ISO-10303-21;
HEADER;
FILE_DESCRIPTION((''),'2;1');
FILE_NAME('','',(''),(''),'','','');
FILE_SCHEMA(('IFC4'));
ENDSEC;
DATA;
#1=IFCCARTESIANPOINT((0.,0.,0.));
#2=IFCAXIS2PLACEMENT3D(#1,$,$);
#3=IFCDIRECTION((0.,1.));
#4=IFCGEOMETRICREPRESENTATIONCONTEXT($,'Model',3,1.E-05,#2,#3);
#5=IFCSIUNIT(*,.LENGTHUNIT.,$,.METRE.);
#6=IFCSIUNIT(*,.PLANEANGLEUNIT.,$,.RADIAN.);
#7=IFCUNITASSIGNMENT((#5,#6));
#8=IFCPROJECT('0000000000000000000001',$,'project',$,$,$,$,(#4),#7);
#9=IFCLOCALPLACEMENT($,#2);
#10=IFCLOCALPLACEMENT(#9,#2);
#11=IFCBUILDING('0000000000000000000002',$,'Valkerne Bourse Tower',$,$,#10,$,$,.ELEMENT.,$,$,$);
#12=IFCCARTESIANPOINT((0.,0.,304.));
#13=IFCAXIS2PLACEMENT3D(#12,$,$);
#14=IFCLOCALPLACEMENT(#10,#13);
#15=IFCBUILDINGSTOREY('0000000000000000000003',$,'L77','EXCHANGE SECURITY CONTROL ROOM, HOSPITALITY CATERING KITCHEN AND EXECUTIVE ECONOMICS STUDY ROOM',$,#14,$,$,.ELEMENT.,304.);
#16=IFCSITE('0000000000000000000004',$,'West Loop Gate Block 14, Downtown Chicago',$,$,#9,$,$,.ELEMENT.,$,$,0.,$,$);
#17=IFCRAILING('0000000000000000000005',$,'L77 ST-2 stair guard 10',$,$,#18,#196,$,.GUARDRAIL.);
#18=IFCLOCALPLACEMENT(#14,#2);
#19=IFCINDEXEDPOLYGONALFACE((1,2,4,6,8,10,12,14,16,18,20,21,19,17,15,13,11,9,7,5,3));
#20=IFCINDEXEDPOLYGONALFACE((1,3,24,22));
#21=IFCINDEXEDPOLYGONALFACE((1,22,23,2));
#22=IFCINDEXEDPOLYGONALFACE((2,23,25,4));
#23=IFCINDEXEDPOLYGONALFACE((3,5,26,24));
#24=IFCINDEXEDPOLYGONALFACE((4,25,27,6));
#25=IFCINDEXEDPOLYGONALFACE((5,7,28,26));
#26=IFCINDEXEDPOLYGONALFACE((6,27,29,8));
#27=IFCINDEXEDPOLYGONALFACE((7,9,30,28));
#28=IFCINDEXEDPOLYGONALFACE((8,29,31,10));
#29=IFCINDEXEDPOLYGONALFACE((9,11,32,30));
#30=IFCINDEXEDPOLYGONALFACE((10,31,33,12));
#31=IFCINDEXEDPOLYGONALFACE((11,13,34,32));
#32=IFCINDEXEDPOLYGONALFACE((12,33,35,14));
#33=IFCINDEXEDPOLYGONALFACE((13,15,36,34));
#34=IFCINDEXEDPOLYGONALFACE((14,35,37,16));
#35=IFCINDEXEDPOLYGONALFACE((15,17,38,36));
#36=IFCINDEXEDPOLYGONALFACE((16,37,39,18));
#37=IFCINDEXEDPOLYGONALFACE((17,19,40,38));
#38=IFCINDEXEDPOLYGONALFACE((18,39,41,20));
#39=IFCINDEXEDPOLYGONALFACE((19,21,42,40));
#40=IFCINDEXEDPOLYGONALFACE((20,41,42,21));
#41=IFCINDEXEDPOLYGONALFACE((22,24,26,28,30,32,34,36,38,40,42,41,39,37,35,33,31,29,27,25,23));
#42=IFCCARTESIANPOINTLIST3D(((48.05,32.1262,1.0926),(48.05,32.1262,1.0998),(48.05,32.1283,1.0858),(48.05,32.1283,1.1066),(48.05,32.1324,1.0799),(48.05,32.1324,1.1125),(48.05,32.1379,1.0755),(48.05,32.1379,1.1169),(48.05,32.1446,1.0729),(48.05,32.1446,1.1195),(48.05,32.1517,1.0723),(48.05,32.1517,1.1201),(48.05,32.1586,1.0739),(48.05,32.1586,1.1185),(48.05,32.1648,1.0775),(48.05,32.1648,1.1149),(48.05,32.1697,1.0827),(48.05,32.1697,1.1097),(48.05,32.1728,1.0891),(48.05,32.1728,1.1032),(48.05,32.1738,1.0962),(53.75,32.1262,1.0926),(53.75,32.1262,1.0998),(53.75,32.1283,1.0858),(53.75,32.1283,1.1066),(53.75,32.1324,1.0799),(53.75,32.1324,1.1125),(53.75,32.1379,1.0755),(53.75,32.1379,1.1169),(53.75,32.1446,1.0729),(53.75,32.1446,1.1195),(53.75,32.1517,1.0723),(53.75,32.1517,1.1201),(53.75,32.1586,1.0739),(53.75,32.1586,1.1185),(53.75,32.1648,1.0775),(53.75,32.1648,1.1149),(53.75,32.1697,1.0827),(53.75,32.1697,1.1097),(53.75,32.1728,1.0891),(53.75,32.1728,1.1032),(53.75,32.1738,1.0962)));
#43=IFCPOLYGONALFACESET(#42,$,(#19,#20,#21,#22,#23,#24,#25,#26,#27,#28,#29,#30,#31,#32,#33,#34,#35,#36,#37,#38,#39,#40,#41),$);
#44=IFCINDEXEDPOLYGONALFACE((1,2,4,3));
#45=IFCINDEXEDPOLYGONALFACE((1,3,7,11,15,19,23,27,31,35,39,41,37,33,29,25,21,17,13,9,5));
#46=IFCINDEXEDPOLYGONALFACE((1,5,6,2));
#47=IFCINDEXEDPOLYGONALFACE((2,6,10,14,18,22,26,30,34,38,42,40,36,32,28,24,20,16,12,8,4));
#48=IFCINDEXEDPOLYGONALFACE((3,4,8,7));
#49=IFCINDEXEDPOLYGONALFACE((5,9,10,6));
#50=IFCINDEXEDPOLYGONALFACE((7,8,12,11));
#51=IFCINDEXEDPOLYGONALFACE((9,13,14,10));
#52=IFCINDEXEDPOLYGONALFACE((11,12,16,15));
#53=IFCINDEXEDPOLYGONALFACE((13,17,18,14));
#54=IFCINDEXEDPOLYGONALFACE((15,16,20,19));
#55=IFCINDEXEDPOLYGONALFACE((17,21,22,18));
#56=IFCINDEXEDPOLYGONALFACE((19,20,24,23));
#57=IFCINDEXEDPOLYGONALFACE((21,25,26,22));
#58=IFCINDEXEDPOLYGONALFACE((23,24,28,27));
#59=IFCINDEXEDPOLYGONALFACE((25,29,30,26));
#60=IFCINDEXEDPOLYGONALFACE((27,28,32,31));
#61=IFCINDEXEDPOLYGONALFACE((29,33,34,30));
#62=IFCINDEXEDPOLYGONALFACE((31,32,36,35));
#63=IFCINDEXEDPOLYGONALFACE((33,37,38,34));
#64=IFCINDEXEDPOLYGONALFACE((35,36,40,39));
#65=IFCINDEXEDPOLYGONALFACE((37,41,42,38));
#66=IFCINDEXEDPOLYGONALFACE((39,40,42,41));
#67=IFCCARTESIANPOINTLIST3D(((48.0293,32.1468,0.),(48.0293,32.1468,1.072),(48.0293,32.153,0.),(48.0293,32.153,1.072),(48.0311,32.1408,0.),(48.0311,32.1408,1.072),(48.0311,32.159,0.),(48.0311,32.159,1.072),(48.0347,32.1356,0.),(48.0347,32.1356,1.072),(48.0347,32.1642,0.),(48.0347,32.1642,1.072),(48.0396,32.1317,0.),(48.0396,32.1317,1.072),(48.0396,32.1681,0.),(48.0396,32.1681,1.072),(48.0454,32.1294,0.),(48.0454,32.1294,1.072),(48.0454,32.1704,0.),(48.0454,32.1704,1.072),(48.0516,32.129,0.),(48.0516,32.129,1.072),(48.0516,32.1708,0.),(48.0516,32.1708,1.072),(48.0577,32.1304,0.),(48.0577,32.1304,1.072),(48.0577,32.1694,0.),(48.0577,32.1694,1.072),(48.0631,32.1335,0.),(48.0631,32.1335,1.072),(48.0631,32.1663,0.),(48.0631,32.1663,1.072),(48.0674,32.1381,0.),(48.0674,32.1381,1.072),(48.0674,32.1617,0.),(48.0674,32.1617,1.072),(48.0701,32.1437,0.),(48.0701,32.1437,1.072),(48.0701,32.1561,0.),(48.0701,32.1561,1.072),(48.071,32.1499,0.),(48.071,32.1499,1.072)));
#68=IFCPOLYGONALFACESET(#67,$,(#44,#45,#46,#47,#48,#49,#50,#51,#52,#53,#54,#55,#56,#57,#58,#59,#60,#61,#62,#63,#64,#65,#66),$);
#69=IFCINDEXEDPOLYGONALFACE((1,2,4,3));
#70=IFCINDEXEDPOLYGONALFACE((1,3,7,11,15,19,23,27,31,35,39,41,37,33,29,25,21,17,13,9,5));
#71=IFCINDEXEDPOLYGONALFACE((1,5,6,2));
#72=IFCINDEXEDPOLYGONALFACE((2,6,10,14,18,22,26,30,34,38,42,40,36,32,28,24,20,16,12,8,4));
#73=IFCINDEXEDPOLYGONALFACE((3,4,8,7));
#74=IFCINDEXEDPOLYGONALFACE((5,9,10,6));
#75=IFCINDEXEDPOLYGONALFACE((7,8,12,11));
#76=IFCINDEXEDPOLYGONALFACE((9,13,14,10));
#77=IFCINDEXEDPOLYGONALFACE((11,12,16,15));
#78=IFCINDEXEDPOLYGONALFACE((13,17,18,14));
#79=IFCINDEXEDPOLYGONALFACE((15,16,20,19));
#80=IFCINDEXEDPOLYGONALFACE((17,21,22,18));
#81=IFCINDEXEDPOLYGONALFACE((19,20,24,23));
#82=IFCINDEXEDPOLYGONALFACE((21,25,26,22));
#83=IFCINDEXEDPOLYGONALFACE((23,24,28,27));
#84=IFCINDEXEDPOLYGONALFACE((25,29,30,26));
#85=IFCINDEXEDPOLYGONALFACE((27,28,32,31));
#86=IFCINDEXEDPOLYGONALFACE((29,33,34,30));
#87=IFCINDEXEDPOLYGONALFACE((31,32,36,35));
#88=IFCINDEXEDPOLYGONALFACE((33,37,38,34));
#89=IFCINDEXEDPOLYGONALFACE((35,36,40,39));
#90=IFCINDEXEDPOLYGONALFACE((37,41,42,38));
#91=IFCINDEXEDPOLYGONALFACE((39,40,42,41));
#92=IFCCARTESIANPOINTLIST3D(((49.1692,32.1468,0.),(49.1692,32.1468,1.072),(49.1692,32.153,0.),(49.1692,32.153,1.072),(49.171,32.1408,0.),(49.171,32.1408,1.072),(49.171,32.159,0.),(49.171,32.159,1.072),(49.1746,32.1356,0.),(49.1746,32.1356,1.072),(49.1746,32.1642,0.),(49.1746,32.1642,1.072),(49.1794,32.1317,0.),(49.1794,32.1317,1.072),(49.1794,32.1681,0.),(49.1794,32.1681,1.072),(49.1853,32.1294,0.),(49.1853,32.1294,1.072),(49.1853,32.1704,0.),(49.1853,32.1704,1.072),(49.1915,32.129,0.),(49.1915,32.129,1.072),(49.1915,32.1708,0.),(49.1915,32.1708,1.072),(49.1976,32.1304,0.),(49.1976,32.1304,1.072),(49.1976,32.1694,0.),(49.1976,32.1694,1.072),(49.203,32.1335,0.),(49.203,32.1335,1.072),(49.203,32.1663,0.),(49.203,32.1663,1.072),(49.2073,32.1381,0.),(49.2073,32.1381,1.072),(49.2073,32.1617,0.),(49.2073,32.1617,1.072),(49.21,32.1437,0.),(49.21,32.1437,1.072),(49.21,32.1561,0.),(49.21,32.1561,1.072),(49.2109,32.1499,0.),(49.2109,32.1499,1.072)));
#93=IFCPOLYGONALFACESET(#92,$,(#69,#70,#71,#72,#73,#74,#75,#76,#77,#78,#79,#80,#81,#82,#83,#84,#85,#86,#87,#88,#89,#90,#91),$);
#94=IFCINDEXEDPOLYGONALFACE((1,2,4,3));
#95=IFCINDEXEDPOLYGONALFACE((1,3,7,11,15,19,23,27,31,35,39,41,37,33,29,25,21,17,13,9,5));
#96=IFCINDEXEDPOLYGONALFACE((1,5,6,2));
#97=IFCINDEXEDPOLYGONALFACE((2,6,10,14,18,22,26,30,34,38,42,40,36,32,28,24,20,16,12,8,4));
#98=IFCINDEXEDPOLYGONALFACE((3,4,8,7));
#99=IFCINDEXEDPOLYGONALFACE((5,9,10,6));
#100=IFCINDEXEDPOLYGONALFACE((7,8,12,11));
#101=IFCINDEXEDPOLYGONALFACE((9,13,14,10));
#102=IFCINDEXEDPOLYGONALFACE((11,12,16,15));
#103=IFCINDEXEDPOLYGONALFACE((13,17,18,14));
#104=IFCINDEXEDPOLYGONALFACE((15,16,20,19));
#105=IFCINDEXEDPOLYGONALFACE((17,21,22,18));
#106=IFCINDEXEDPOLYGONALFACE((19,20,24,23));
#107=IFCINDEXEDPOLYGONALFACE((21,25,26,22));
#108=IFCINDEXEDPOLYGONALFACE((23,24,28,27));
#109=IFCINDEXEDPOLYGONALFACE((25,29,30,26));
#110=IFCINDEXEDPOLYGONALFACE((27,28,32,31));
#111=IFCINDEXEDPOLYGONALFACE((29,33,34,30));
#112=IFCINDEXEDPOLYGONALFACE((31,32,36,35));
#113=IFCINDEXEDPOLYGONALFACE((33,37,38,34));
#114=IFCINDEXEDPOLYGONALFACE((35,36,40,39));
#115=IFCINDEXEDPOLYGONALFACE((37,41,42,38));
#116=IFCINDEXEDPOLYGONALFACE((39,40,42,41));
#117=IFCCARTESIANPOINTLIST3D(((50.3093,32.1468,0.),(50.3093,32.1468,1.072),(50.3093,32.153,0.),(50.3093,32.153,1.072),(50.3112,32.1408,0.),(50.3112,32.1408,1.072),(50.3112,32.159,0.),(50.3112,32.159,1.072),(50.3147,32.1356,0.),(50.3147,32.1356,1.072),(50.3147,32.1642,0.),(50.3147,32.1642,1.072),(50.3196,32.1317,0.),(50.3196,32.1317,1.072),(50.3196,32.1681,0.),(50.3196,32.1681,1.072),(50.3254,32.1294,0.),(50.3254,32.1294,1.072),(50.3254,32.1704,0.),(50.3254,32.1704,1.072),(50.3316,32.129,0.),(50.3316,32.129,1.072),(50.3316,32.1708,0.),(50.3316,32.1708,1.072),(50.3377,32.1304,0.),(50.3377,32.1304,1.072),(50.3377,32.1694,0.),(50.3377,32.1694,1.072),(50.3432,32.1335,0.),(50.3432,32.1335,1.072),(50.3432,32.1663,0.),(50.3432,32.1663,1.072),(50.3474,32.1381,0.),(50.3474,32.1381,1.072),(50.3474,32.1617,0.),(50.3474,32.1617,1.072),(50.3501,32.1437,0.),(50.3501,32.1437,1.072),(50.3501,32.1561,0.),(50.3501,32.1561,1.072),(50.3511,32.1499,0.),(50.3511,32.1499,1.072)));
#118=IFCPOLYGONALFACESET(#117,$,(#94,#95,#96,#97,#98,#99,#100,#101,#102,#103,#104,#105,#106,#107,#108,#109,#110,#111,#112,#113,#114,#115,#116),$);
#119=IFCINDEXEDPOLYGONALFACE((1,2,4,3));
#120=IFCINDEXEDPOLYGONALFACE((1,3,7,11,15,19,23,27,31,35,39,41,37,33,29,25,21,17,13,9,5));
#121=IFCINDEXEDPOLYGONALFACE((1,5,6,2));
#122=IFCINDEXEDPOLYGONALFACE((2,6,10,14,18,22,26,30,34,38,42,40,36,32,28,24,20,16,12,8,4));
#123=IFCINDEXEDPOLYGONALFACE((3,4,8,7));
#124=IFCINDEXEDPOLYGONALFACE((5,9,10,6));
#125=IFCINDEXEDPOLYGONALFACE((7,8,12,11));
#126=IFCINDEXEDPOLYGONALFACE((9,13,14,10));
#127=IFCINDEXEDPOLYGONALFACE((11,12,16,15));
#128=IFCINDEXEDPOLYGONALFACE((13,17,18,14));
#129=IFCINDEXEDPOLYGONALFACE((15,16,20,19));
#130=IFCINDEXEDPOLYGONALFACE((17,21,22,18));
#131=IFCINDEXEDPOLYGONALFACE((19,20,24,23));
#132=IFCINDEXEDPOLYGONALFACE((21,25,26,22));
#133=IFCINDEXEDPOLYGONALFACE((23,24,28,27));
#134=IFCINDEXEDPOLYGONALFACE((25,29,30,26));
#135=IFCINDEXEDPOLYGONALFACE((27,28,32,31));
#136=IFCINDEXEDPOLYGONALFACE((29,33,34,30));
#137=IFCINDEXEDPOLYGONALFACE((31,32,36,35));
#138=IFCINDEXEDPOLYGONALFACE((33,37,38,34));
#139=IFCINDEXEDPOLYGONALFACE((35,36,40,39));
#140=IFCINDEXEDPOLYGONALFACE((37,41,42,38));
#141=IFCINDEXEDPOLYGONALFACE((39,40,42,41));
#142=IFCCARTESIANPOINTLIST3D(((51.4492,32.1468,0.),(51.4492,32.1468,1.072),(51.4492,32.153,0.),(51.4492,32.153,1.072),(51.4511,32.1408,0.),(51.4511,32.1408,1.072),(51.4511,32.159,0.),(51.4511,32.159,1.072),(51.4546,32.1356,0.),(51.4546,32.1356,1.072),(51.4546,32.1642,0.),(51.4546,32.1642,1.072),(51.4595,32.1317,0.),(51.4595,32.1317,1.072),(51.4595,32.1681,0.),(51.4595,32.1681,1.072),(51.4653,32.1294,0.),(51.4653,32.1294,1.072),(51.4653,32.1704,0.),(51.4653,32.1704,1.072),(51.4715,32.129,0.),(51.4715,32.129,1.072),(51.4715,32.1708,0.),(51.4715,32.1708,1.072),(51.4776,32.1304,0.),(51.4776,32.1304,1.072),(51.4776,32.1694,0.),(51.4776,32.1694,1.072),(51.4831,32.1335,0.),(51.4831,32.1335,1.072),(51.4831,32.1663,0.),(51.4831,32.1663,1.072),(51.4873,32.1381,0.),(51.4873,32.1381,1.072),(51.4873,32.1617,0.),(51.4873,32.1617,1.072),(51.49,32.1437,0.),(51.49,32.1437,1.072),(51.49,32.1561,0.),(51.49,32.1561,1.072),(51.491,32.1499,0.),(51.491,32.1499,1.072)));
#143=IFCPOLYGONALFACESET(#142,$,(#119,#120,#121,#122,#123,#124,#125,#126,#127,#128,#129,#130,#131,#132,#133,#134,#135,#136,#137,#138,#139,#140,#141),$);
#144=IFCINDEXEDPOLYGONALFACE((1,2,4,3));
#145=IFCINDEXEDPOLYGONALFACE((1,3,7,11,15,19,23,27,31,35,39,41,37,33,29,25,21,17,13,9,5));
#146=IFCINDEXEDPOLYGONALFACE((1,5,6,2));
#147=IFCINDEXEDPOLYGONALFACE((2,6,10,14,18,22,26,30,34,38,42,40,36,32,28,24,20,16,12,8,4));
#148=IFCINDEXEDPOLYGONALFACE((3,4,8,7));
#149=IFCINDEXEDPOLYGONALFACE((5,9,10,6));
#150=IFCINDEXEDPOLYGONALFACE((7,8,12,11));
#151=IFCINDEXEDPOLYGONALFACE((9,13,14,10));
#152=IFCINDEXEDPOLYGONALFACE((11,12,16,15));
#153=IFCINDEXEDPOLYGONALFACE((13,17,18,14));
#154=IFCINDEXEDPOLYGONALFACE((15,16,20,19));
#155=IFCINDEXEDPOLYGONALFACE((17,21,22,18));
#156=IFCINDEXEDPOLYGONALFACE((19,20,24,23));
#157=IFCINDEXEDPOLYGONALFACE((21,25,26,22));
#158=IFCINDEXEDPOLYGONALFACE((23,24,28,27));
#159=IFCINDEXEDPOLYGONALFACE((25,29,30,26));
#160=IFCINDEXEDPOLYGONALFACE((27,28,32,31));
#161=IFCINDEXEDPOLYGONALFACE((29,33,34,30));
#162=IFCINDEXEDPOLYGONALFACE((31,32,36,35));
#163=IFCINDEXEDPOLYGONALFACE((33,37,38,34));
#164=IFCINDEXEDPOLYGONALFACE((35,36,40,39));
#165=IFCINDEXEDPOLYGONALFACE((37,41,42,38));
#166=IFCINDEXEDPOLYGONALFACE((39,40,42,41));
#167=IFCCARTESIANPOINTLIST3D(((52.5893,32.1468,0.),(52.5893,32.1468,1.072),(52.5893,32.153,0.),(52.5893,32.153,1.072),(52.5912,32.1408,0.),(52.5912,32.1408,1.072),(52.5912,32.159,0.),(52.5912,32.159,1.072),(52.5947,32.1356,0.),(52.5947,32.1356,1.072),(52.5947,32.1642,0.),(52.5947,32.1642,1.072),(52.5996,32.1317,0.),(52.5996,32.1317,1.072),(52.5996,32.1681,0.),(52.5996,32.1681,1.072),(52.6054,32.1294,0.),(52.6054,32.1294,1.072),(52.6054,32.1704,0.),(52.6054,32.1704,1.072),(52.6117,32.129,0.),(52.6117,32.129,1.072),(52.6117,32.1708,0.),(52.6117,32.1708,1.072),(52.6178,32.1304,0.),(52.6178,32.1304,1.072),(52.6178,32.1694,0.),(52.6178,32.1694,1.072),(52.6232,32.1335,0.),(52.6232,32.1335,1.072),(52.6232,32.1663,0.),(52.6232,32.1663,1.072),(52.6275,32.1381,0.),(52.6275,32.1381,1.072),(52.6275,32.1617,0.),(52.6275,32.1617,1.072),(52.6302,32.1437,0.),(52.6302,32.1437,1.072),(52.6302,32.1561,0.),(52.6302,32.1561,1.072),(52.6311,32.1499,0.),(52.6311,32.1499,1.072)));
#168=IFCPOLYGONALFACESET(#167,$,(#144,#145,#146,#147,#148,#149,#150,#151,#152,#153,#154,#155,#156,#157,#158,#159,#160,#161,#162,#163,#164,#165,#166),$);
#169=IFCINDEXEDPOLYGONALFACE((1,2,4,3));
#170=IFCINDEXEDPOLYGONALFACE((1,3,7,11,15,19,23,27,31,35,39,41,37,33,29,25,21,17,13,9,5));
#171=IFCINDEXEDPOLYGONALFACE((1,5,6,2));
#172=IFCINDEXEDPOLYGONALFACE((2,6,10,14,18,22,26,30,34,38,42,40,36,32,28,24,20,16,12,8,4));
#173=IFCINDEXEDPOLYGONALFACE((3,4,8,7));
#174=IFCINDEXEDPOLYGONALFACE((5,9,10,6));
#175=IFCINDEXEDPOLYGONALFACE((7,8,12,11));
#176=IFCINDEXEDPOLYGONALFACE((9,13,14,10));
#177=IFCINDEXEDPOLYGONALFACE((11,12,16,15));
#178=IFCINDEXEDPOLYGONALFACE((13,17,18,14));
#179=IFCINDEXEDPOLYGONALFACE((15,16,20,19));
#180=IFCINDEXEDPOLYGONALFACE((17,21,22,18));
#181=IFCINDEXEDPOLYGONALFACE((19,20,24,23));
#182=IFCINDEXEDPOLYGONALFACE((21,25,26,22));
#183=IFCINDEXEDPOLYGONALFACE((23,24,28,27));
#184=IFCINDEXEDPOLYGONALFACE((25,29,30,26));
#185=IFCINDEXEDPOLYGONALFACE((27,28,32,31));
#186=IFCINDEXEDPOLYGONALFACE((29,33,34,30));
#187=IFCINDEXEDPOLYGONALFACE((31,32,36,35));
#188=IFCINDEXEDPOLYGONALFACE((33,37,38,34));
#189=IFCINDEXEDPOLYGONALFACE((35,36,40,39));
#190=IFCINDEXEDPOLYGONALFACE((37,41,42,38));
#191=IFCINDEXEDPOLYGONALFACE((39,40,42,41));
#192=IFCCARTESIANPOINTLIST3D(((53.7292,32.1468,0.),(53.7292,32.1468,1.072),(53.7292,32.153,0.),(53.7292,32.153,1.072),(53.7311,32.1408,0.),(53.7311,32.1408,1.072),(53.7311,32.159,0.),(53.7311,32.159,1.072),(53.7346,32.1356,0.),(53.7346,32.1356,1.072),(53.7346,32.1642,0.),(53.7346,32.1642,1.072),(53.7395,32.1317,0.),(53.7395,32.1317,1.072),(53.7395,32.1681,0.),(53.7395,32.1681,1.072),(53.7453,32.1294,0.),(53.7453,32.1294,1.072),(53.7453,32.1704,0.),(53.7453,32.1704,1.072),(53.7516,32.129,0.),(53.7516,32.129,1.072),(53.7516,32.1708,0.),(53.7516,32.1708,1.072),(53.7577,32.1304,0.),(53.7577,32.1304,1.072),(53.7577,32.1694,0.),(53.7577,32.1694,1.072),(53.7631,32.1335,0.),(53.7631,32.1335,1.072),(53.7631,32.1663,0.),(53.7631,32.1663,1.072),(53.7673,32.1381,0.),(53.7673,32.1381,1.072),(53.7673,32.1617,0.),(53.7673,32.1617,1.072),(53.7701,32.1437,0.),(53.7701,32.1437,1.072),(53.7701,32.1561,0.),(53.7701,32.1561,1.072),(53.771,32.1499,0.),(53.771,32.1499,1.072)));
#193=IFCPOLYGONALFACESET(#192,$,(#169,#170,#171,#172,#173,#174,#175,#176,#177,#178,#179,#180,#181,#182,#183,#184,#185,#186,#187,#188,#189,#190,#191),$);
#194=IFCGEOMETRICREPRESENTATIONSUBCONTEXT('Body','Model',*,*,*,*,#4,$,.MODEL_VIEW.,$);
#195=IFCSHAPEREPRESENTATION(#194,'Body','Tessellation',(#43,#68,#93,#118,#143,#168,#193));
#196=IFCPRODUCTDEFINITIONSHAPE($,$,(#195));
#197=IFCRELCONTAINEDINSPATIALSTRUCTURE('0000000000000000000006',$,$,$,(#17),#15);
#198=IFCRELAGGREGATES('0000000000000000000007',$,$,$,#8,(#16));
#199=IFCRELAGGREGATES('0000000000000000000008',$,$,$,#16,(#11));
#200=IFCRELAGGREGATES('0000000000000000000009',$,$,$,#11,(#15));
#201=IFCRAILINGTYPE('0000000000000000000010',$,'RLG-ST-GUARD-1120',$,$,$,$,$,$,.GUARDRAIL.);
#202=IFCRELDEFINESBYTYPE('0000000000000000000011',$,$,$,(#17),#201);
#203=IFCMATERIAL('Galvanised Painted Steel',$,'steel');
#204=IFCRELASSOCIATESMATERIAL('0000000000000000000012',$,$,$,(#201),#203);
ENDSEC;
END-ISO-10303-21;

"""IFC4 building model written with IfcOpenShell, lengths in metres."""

from ifc_helpers import new_model, si_unit, direction, frame, origin, origin_2d, place, context, subcontext, project, spatial, circle, extrude, material, type_object, element, save


model = new_model("IFC4")

# Units and contexts
model_context = context("Model", 3, precision=1e-05, world=origin(), true_north=direction((0.0, 1.0)))
body_context = subcontext(model_context, "Body", "Model", "MODEL_VIEW")
ifc_project = project(units=[si_unit("LENGTHUNIT", "METRE"), si_unit("PLANEANGLEUNIT", "RADIAN")], contexts=[model_context])

# Site, building, storey
site_placement = place(None, origin())
site = spatial("IfcSite", under=ifc_project, at=site_placement, Name="West Loop Gate Block 14, Downtown Chicago", CompositionType="ELEMENT", RefElevation=0.0)
building_placement = place(site_placement, origin())
building = spatial("IfcBuilding", under=site, at=building_placement, Name="Valkerne Bourse Tower", CompositionType="ELEMENT")
storey_placement = place(building_placement, frame((0.0, 0.0, 304.0)))
storey = spatial("IfcBuildingStorey", under=building, at=storey_placement, Name="L77", Description="EXCHANGE SECURITY CONTROL ROOM, HOSPITALITY CATERING KITCHEN AND EXECUTIVE ECONOMICS STUDY ROOM", CompositionType="ELEMENT", Elevation=304.0)

# Shared definitions
ifc_material_1 = material(Name="Galvanised Painted Steel", Category="steel")

# Railing
railing_type_1 = type_object("IfcRailingType", Name="RLG-ST-GUARD-1120", PredefinedType="GUARDRAIL", material=ifc_material_1)
railing_1_placement = place(storey_placement, frame((48.05, 32.1499, 0.0)))
element("IfcRailing", 1, at=railing_1_placement, inside=storey, type_object=railing_type_1, Name="L77 ST-2 stair guard 10", PredefinedType="GUARDRAIL", context=body_context, shape_type="SweptSolid", body=[
    extrude(circle(Radius=0.0239, at=origin_2d()), frame((0.0, 0.0, 1.0962), z_axis=(1.0, 0.0, 0.0), x_axis=(0.0, 1.0, 0.0)), (0.0, 0.0, 1.0), 5.7),
    extrude(circle(Radius=0.021, at=origin_2d()), origin(), (0.0, 0.0, 1.0), 1.072),
    extrude(circle(Radius=0.021, at=origin_2d()), frame((1.1399, 0.0, 0.0)), (0.0, 0.0, 1.0), 1.072),
    extrude(circle(Radius=0.021, at=origin_2d()), frame((2.28, 0.0, 0.0)), (0.0, 0.0, 1.0), 1.072),
    extrude(circle(Radius=0.021, at=origin_2d()), frame((3.4199, 0.0, 0.0)), (0.0, 0.0, 1.0), 1.072),
    extrude(circle(Radius=0.021, at=origin_2d()), frame((4.5601, 0.0, 0.0)), (0.0, 0.0, 1.0), 1.072),
    extrude(circle(Radius=0.021, at=origin_2d()), frame((5.7, 0.0, 0.0)), (0.0, 0.0, 1.0), 1.072),
])

save(model, "model.ifc")
